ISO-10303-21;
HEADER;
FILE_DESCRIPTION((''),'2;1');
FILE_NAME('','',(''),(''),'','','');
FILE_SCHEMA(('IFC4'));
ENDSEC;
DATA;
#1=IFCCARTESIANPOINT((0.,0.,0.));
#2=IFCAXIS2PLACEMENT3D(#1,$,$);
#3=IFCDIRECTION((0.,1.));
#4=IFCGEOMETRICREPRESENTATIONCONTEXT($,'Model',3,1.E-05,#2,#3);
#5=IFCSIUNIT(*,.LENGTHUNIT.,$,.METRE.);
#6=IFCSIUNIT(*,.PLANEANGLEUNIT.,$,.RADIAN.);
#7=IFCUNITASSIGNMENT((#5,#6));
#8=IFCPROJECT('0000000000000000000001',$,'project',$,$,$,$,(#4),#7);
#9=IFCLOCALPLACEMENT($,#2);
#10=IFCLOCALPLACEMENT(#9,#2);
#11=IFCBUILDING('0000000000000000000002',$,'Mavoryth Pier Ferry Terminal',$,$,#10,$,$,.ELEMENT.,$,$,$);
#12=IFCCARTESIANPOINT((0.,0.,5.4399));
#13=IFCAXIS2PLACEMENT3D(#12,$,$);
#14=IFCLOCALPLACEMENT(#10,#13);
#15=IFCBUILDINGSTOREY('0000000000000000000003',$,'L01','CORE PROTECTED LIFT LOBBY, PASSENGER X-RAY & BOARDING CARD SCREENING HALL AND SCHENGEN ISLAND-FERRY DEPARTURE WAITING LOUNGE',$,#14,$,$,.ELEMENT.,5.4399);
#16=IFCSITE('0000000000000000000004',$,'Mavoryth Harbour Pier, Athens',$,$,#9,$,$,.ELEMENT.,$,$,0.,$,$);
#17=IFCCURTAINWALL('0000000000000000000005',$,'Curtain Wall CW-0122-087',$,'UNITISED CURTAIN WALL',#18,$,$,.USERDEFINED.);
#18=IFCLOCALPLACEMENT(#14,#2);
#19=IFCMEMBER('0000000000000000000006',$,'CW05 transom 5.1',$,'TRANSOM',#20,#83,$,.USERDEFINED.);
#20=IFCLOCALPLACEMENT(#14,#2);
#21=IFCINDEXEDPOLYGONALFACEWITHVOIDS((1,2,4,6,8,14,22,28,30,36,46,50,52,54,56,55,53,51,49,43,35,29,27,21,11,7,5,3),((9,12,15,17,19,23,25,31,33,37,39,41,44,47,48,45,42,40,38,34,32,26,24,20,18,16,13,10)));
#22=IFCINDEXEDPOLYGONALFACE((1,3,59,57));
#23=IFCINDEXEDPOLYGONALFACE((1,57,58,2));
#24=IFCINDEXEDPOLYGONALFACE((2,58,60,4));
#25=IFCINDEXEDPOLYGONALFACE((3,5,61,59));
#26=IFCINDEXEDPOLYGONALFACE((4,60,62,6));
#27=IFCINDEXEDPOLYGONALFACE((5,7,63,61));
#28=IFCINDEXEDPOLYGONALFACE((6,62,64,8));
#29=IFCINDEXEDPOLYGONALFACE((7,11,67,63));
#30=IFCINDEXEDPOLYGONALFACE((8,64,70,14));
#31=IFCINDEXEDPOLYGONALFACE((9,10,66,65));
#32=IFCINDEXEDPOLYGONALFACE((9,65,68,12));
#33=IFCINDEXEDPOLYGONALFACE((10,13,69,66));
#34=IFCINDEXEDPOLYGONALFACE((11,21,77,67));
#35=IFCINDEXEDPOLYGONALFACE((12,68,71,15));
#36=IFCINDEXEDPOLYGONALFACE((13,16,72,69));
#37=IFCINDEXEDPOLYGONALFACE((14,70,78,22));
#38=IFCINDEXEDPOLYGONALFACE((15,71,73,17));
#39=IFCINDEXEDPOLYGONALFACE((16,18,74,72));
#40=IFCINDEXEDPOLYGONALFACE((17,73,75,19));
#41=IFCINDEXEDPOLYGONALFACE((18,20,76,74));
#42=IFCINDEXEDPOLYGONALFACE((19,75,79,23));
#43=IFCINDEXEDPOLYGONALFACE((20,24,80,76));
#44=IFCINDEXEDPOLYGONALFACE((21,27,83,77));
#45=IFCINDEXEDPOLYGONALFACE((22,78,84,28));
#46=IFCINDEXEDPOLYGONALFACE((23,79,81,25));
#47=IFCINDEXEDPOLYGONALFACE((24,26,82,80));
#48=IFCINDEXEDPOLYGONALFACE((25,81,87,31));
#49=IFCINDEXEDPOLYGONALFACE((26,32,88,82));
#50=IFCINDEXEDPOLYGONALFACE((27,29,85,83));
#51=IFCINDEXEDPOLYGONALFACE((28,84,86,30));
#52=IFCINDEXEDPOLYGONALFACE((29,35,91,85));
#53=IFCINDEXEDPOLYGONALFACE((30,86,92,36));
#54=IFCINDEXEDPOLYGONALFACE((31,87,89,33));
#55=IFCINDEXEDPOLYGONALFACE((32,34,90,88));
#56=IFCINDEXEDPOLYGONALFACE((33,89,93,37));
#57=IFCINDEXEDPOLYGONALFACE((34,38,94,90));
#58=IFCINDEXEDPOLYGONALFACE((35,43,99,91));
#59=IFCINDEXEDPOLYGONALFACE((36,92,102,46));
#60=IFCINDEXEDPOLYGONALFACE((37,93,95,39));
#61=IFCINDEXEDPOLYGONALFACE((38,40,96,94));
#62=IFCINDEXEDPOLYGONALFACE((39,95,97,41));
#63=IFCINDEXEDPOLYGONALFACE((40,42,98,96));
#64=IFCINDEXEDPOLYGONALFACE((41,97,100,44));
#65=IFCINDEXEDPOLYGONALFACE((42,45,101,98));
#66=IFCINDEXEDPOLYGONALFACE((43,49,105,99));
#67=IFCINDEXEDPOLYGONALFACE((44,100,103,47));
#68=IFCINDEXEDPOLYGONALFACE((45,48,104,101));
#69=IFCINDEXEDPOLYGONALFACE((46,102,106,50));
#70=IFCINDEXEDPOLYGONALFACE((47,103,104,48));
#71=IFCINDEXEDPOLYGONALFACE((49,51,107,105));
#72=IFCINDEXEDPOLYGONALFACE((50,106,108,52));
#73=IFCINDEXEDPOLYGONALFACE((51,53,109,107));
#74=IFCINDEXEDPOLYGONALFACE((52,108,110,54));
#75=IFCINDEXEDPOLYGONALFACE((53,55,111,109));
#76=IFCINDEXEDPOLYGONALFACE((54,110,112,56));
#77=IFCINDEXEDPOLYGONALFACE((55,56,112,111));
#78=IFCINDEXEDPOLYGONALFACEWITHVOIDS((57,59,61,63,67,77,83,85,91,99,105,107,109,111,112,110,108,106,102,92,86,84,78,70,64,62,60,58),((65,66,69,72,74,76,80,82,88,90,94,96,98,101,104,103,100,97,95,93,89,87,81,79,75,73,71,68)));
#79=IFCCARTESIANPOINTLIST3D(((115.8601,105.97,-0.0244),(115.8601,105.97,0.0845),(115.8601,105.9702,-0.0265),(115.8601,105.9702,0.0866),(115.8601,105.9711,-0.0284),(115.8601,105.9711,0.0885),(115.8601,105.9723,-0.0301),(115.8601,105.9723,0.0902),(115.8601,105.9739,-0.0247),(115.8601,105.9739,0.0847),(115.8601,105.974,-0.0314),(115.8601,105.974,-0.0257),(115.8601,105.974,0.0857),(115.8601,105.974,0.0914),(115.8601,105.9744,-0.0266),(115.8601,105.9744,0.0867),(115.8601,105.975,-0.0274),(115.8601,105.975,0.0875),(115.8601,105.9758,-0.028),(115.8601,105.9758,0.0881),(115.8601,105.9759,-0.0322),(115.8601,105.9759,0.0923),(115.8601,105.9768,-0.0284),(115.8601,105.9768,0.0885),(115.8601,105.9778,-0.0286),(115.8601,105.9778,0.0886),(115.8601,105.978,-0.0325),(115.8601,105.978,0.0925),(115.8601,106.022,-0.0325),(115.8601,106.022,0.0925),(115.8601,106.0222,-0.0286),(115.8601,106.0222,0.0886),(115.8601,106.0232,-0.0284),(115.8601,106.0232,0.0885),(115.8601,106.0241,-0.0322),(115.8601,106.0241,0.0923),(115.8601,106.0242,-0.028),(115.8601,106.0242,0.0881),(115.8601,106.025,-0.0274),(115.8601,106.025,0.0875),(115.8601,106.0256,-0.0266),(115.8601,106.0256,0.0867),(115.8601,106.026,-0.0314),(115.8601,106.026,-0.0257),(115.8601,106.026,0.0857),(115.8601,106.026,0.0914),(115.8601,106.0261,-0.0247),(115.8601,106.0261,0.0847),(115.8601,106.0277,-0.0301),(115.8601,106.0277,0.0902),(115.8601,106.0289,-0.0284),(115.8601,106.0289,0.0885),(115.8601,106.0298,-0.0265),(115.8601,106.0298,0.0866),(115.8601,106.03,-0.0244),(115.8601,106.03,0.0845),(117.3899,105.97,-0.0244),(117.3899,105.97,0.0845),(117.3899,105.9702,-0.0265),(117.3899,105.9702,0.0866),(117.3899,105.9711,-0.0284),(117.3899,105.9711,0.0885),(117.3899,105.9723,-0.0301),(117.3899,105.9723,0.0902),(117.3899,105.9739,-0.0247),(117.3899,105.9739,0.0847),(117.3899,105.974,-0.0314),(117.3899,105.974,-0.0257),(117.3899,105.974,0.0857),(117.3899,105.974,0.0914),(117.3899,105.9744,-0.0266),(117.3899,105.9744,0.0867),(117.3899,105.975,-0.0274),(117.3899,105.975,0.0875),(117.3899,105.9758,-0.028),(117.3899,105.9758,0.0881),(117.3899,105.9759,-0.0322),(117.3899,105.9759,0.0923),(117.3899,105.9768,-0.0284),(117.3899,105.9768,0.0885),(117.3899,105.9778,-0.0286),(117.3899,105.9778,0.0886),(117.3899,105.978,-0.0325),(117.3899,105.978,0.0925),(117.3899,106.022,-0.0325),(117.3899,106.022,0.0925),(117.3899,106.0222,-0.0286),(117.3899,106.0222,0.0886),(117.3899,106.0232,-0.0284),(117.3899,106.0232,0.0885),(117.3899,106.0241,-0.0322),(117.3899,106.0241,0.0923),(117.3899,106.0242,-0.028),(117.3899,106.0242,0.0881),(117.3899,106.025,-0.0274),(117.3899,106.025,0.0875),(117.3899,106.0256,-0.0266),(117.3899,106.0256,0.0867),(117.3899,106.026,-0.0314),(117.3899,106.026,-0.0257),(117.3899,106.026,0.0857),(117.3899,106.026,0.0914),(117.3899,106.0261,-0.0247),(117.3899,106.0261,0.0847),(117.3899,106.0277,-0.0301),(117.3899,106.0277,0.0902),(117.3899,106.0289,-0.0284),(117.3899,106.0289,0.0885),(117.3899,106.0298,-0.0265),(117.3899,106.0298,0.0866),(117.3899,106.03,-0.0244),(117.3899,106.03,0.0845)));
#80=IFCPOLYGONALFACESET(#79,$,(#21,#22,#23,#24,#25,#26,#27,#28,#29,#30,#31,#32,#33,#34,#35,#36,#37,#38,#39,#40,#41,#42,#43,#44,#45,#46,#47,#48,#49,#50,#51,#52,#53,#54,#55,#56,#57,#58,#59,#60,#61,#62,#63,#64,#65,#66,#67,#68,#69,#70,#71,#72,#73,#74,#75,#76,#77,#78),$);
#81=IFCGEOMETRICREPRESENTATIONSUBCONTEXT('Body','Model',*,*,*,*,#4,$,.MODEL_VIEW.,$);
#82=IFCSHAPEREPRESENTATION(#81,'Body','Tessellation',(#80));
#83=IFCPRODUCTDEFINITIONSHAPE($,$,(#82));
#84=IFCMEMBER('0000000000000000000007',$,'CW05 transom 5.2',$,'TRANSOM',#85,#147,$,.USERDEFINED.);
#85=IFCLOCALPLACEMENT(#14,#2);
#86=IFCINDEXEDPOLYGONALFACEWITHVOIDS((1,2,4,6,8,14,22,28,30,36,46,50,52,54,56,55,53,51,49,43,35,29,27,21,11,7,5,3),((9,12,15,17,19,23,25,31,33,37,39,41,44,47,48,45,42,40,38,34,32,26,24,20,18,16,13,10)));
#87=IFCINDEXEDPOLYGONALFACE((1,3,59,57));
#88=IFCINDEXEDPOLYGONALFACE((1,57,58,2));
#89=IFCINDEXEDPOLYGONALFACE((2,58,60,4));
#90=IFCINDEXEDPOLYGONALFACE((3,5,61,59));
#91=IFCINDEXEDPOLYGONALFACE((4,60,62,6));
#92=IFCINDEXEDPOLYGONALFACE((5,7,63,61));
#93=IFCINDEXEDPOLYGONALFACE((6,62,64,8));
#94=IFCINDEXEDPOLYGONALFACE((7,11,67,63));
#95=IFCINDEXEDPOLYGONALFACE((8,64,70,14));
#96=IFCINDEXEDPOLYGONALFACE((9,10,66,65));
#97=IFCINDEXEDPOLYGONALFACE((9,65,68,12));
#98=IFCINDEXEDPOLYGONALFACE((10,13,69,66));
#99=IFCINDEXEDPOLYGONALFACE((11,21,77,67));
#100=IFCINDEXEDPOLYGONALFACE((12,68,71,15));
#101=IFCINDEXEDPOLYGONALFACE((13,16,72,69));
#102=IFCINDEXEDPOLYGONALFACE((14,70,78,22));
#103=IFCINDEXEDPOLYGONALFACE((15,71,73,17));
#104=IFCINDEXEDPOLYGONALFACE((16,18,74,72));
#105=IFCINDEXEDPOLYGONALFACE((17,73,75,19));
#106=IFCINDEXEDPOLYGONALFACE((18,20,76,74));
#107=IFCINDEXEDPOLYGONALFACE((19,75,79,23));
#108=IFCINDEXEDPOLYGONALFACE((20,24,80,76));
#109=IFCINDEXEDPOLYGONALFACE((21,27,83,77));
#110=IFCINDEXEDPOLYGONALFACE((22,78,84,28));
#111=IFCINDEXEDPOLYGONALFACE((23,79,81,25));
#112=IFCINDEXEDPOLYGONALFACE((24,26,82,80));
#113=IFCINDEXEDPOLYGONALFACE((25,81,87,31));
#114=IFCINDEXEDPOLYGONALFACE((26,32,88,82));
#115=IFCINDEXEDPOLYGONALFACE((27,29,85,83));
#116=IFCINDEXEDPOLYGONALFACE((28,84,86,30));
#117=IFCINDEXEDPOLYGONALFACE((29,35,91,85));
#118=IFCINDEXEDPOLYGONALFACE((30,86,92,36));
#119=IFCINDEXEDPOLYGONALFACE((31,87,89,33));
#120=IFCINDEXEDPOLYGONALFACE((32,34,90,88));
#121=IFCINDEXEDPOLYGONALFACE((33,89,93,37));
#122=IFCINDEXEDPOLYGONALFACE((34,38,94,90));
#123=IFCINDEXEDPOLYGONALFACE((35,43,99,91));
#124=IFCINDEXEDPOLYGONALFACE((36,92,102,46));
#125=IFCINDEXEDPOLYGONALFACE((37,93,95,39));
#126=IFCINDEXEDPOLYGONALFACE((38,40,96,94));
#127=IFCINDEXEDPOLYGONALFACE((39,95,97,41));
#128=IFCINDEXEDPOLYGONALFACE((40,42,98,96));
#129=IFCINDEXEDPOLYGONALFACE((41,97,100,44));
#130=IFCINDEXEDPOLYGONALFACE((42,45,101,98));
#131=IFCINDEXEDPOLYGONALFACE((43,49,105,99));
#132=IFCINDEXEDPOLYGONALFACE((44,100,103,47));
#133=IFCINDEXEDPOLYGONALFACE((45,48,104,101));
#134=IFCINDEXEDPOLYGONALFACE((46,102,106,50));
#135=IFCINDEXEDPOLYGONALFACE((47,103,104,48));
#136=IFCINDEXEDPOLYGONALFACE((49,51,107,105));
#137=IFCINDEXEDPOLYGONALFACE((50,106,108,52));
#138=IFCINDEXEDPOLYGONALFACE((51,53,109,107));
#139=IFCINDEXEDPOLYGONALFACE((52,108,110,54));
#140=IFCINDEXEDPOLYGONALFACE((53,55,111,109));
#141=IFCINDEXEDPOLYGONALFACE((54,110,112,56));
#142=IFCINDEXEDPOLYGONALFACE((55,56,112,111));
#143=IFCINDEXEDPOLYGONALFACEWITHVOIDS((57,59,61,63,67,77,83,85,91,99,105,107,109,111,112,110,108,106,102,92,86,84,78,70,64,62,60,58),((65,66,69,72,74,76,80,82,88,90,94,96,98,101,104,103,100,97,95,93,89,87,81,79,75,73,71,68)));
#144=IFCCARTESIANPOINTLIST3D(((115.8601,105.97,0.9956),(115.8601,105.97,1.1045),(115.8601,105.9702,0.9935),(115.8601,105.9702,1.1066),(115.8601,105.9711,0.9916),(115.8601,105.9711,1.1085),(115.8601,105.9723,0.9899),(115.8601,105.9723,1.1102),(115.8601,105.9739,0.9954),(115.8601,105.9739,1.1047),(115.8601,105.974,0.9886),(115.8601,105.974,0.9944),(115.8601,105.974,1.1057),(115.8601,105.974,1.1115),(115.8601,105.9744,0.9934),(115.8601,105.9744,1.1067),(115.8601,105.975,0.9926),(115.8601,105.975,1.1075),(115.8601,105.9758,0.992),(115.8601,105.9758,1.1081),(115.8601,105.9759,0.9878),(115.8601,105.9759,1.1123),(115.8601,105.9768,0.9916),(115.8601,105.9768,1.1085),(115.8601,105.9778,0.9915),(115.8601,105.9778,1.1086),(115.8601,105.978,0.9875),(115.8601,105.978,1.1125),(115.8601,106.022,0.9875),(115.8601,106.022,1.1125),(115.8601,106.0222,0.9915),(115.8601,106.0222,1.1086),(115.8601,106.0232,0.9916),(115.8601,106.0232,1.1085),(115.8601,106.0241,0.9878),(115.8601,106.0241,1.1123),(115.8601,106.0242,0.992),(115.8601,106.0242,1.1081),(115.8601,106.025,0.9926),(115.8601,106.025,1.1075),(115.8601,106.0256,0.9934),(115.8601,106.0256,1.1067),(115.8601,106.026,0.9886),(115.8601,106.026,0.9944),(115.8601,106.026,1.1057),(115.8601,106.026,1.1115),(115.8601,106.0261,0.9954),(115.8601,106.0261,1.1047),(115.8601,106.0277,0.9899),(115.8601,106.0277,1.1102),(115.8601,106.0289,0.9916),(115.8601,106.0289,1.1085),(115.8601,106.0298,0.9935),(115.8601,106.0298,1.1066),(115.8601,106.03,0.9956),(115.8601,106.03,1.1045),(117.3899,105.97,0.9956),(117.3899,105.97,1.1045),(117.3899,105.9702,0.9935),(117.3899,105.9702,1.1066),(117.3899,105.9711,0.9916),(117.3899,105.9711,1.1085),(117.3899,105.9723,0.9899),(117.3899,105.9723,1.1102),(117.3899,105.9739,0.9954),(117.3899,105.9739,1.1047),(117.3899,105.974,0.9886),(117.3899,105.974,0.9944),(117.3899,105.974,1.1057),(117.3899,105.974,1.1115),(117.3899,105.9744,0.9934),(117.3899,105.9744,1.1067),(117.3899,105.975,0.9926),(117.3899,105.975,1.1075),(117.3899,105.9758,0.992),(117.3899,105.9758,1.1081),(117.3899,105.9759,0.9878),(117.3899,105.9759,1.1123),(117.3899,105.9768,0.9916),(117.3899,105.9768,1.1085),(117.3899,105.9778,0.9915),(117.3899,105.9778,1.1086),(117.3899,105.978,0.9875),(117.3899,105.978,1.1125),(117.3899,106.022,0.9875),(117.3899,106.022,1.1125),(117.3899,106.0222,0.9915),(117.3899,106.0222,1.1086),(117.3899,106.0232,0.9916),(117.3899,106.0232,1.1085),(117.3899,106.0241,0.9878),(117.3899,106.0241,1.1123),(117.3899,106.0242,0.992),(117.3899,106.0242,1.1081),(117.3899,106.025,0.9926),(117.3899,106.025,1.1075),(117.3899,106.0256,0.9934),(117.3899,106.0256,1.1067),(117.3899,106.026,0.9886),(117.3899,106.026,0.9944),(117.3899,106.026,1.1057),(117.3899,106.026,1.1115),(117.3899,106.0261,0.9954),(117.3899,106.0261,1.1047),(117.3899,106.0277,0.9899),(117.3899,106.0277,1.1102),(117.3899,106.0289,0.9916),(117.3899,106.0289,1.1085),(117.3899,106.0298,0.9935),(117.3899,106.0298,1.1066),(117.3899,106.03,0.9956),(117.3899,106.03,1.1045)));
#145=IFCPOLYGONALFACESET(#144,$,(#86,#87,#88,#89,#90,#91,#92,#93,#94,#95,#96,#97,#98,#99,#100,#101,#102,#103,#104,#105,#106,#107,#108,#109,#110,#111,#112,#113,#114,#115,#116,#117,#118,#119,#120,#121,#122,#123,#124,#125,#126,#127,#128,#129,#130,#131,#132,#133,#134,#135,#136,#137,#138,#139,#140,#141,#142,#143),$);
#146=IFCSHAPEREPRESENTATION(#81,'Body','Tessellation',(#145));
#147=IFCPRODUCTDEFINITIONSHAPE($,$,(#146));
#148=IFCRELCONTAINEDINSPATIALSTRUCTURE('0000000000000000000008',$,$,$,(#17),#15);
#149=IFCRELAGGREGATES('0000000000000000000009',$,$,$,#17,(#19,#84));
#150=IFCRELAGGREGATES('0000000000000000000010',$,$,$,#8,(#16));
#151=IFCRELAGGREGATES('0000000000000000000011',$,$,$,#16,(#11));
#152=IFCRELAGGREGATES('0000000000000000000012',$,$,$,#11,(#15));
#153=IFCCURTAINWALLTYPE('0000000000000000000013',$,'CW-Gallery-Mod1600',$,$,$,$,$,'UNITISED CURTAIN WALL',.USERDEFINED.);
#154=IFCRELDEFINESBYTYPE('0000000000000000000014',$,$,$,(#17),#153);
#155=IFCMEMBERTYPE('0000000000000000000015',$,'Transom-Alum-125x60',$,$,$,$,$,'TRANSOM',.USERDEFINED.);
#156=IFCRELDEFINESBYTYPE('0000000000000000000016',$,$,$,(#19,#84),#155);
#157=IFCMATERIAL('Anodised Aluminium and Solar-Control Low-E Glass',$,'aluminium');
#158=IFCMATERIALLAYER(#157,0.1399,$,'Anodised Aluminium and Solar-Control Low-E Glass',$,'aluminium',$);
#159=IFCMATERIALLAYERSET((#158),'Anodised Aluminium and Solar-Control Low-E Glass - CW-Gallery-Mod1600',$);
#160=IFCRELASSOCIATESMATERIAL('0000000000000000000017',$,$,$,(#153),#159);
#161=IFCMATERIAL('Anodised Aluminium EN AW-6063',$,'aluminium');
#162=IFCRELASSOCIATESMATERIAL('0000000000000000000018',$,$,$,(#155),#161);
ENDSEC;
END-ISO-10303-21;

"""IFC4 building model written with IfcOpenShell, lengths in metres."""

from ifc_helpers import new_model, si_unit, direction, frame, origin, origin_2d, place, context, subcontext, project, spatial, hollow_rectangle, extrude, material, layer, layer_set, material_profile, profile_set, type_object, element, aggregate, save


model = new_model("IFC4")

# Units and contexts
model_context = context("Model", 3, precision=1e-05, world=origin(), true_north=direction((0.0, 1.0)))
body_context = subcontext(model_context, "Body", "Model", "MODEL_VIEW")
ifc_project = project(units=[si_unit("LENGTHUNIT", "METRE"), si_unit("PLANEANGLEUNIT", "RADIAN")], contexts=[model_context])

# Site, building, storey
site_placement = place(None, origin())
site = spatial("IfcSite", under=ifc_project, at=site_placement, Name="Mavoryth Harbour Pier, Athens", CompositionType="ELEMENT", RefElevation=0.0)
building_placement = place(site_placement, origin())
building = spatial("IfcBuilding", under=site, at=building_placement, Name="Mavoryth Pier Ferry Terminal", CompositionType="ELEMENT")
storey_placement = place(building_placement, frame((0.0, 0.0, 5.4399)))
storey = spatial("IfcBuildingStorey", under=building, at=storey_placement, Name="L01", Description="CORE PROTECTED LIFT LOBBY, PASSENGER X-RAY & BOARDING CARD SCREENING HALL AND SCHENGEN ISLAND-FERRY DEPARTURE WAITING LOUNGE", CompositionType="ELEMENT", Elevation=5.4399)

# Curtain wall
ifc_material_1 = material(Name="Anodised Aluminium and Solar-Control Low-E Glass", Category="aluminium")
ifc_layer_1 = layer(ifc_material_1, 0.1399, Name="Anodised Aluminium and Solar-Control Low-E Glass", Category="aluminium")
ifc_layer_set_1 = layer_set([ifc_layer_1], Name="Anodised Aluminium and Solar-Control Low-E Glass - CW-Gallery-Mod1600")
curtain_wall_type = type_object("IfcCurtainWallType", Name="CW-Gallery-Mod1600", ElementType="UNITISED CURTAIN WALL", PredefinedType="USERDEFINED", material=ifc_layer_set_1)
curtain_wall_1_placement = place(storey_placement, origin())
curtain_wall_1 = element("IfcCurtainWall", 1, at=curtain_wall_1_placement, inside=storey, type_object=curtain_wall_type, Name="Curtain Wall CW-0122-087", ObjectType="UNITISED CURTAIN WALL", PredefinedType="USERDEFINED")
ifc_material_2 = material(Name="Anodised Aluminium EN AW-6063", Category="aluminium")

# Members
ifc_material_profile_1 = material_profile(ifc_material_2, hollow_rectangle(XDim=0.0601, YDim=0.125, WallThickness=0.0039, InnerFilletRadius=0.0039, OuterFilletRadius=0.0081, at=origin_2d()), Name="AL-TRAN 125x60x4", Category="aluminium")
ifc_profile_set_1 = profile_set([ifc_material_profile_1], Name="Anodised Aluminium EN AW-6063 - AL-TRAN 125x60x4")
member_type_1 = type_object("IfcMemberType", Name="Transom-Alum-125x60", ElementType="TRANSOM", PredefinedType="USERDEFINED", material=ifc_profile_set_1)
member_1_placement = place(storey_placement, frame((115.8601, 106.0, 0.03), z_axis=(1.0, 0.0, 0.0), x_axis=(0.0, 1.0, 0.0)))
member_1 = element("IfcMember", 2, at=member_1_placement, type_object=member_type_1, Name="CW05 transom 5.1", ObjectType="TRANSOM", PredefinedType="USERDEFINED", context=body_context, shape_type="SweptSolid", body=[
    extrude(hollow_rectangle(XDim=0.0601, YDim=0.125, WallThickness=0.0039, InnerFilletRadius=0.0039, OuterFilletRadius=0.0081, at=origin_2d()), origin(), (0.0, 0.0, 1.0), 1.5298),
])
member_2_placement = place(storey_placement, frame((115.8601, 106.0, 1.05), z_axis=(1.0, 0.0, 0.0), x_axis=(0.0, 1.0, 0.0)))
member_2 = element("IfcMember", 3, at=member_2_placement, type_object=member_type_1, Name="CW05 transom 5.2", ObjectType="TRANSOM", PredefinedType="USERDEFINED", context=body_context, shape_type="SweptSolid", body=[
    extrude(hollow_rectangle(XDim=0.0601, YDim=0.125, WallThickness=0.0039, InnerFilletRadius=0.0039, OuterFilletRadius=0.0081, at=origin_2d()), origin(), (0.0, 0.0, 1.0), 1.5298),
])

aggregate(curtain_wall_1, [member_1, member_2])

save(model, "model.ifc")
